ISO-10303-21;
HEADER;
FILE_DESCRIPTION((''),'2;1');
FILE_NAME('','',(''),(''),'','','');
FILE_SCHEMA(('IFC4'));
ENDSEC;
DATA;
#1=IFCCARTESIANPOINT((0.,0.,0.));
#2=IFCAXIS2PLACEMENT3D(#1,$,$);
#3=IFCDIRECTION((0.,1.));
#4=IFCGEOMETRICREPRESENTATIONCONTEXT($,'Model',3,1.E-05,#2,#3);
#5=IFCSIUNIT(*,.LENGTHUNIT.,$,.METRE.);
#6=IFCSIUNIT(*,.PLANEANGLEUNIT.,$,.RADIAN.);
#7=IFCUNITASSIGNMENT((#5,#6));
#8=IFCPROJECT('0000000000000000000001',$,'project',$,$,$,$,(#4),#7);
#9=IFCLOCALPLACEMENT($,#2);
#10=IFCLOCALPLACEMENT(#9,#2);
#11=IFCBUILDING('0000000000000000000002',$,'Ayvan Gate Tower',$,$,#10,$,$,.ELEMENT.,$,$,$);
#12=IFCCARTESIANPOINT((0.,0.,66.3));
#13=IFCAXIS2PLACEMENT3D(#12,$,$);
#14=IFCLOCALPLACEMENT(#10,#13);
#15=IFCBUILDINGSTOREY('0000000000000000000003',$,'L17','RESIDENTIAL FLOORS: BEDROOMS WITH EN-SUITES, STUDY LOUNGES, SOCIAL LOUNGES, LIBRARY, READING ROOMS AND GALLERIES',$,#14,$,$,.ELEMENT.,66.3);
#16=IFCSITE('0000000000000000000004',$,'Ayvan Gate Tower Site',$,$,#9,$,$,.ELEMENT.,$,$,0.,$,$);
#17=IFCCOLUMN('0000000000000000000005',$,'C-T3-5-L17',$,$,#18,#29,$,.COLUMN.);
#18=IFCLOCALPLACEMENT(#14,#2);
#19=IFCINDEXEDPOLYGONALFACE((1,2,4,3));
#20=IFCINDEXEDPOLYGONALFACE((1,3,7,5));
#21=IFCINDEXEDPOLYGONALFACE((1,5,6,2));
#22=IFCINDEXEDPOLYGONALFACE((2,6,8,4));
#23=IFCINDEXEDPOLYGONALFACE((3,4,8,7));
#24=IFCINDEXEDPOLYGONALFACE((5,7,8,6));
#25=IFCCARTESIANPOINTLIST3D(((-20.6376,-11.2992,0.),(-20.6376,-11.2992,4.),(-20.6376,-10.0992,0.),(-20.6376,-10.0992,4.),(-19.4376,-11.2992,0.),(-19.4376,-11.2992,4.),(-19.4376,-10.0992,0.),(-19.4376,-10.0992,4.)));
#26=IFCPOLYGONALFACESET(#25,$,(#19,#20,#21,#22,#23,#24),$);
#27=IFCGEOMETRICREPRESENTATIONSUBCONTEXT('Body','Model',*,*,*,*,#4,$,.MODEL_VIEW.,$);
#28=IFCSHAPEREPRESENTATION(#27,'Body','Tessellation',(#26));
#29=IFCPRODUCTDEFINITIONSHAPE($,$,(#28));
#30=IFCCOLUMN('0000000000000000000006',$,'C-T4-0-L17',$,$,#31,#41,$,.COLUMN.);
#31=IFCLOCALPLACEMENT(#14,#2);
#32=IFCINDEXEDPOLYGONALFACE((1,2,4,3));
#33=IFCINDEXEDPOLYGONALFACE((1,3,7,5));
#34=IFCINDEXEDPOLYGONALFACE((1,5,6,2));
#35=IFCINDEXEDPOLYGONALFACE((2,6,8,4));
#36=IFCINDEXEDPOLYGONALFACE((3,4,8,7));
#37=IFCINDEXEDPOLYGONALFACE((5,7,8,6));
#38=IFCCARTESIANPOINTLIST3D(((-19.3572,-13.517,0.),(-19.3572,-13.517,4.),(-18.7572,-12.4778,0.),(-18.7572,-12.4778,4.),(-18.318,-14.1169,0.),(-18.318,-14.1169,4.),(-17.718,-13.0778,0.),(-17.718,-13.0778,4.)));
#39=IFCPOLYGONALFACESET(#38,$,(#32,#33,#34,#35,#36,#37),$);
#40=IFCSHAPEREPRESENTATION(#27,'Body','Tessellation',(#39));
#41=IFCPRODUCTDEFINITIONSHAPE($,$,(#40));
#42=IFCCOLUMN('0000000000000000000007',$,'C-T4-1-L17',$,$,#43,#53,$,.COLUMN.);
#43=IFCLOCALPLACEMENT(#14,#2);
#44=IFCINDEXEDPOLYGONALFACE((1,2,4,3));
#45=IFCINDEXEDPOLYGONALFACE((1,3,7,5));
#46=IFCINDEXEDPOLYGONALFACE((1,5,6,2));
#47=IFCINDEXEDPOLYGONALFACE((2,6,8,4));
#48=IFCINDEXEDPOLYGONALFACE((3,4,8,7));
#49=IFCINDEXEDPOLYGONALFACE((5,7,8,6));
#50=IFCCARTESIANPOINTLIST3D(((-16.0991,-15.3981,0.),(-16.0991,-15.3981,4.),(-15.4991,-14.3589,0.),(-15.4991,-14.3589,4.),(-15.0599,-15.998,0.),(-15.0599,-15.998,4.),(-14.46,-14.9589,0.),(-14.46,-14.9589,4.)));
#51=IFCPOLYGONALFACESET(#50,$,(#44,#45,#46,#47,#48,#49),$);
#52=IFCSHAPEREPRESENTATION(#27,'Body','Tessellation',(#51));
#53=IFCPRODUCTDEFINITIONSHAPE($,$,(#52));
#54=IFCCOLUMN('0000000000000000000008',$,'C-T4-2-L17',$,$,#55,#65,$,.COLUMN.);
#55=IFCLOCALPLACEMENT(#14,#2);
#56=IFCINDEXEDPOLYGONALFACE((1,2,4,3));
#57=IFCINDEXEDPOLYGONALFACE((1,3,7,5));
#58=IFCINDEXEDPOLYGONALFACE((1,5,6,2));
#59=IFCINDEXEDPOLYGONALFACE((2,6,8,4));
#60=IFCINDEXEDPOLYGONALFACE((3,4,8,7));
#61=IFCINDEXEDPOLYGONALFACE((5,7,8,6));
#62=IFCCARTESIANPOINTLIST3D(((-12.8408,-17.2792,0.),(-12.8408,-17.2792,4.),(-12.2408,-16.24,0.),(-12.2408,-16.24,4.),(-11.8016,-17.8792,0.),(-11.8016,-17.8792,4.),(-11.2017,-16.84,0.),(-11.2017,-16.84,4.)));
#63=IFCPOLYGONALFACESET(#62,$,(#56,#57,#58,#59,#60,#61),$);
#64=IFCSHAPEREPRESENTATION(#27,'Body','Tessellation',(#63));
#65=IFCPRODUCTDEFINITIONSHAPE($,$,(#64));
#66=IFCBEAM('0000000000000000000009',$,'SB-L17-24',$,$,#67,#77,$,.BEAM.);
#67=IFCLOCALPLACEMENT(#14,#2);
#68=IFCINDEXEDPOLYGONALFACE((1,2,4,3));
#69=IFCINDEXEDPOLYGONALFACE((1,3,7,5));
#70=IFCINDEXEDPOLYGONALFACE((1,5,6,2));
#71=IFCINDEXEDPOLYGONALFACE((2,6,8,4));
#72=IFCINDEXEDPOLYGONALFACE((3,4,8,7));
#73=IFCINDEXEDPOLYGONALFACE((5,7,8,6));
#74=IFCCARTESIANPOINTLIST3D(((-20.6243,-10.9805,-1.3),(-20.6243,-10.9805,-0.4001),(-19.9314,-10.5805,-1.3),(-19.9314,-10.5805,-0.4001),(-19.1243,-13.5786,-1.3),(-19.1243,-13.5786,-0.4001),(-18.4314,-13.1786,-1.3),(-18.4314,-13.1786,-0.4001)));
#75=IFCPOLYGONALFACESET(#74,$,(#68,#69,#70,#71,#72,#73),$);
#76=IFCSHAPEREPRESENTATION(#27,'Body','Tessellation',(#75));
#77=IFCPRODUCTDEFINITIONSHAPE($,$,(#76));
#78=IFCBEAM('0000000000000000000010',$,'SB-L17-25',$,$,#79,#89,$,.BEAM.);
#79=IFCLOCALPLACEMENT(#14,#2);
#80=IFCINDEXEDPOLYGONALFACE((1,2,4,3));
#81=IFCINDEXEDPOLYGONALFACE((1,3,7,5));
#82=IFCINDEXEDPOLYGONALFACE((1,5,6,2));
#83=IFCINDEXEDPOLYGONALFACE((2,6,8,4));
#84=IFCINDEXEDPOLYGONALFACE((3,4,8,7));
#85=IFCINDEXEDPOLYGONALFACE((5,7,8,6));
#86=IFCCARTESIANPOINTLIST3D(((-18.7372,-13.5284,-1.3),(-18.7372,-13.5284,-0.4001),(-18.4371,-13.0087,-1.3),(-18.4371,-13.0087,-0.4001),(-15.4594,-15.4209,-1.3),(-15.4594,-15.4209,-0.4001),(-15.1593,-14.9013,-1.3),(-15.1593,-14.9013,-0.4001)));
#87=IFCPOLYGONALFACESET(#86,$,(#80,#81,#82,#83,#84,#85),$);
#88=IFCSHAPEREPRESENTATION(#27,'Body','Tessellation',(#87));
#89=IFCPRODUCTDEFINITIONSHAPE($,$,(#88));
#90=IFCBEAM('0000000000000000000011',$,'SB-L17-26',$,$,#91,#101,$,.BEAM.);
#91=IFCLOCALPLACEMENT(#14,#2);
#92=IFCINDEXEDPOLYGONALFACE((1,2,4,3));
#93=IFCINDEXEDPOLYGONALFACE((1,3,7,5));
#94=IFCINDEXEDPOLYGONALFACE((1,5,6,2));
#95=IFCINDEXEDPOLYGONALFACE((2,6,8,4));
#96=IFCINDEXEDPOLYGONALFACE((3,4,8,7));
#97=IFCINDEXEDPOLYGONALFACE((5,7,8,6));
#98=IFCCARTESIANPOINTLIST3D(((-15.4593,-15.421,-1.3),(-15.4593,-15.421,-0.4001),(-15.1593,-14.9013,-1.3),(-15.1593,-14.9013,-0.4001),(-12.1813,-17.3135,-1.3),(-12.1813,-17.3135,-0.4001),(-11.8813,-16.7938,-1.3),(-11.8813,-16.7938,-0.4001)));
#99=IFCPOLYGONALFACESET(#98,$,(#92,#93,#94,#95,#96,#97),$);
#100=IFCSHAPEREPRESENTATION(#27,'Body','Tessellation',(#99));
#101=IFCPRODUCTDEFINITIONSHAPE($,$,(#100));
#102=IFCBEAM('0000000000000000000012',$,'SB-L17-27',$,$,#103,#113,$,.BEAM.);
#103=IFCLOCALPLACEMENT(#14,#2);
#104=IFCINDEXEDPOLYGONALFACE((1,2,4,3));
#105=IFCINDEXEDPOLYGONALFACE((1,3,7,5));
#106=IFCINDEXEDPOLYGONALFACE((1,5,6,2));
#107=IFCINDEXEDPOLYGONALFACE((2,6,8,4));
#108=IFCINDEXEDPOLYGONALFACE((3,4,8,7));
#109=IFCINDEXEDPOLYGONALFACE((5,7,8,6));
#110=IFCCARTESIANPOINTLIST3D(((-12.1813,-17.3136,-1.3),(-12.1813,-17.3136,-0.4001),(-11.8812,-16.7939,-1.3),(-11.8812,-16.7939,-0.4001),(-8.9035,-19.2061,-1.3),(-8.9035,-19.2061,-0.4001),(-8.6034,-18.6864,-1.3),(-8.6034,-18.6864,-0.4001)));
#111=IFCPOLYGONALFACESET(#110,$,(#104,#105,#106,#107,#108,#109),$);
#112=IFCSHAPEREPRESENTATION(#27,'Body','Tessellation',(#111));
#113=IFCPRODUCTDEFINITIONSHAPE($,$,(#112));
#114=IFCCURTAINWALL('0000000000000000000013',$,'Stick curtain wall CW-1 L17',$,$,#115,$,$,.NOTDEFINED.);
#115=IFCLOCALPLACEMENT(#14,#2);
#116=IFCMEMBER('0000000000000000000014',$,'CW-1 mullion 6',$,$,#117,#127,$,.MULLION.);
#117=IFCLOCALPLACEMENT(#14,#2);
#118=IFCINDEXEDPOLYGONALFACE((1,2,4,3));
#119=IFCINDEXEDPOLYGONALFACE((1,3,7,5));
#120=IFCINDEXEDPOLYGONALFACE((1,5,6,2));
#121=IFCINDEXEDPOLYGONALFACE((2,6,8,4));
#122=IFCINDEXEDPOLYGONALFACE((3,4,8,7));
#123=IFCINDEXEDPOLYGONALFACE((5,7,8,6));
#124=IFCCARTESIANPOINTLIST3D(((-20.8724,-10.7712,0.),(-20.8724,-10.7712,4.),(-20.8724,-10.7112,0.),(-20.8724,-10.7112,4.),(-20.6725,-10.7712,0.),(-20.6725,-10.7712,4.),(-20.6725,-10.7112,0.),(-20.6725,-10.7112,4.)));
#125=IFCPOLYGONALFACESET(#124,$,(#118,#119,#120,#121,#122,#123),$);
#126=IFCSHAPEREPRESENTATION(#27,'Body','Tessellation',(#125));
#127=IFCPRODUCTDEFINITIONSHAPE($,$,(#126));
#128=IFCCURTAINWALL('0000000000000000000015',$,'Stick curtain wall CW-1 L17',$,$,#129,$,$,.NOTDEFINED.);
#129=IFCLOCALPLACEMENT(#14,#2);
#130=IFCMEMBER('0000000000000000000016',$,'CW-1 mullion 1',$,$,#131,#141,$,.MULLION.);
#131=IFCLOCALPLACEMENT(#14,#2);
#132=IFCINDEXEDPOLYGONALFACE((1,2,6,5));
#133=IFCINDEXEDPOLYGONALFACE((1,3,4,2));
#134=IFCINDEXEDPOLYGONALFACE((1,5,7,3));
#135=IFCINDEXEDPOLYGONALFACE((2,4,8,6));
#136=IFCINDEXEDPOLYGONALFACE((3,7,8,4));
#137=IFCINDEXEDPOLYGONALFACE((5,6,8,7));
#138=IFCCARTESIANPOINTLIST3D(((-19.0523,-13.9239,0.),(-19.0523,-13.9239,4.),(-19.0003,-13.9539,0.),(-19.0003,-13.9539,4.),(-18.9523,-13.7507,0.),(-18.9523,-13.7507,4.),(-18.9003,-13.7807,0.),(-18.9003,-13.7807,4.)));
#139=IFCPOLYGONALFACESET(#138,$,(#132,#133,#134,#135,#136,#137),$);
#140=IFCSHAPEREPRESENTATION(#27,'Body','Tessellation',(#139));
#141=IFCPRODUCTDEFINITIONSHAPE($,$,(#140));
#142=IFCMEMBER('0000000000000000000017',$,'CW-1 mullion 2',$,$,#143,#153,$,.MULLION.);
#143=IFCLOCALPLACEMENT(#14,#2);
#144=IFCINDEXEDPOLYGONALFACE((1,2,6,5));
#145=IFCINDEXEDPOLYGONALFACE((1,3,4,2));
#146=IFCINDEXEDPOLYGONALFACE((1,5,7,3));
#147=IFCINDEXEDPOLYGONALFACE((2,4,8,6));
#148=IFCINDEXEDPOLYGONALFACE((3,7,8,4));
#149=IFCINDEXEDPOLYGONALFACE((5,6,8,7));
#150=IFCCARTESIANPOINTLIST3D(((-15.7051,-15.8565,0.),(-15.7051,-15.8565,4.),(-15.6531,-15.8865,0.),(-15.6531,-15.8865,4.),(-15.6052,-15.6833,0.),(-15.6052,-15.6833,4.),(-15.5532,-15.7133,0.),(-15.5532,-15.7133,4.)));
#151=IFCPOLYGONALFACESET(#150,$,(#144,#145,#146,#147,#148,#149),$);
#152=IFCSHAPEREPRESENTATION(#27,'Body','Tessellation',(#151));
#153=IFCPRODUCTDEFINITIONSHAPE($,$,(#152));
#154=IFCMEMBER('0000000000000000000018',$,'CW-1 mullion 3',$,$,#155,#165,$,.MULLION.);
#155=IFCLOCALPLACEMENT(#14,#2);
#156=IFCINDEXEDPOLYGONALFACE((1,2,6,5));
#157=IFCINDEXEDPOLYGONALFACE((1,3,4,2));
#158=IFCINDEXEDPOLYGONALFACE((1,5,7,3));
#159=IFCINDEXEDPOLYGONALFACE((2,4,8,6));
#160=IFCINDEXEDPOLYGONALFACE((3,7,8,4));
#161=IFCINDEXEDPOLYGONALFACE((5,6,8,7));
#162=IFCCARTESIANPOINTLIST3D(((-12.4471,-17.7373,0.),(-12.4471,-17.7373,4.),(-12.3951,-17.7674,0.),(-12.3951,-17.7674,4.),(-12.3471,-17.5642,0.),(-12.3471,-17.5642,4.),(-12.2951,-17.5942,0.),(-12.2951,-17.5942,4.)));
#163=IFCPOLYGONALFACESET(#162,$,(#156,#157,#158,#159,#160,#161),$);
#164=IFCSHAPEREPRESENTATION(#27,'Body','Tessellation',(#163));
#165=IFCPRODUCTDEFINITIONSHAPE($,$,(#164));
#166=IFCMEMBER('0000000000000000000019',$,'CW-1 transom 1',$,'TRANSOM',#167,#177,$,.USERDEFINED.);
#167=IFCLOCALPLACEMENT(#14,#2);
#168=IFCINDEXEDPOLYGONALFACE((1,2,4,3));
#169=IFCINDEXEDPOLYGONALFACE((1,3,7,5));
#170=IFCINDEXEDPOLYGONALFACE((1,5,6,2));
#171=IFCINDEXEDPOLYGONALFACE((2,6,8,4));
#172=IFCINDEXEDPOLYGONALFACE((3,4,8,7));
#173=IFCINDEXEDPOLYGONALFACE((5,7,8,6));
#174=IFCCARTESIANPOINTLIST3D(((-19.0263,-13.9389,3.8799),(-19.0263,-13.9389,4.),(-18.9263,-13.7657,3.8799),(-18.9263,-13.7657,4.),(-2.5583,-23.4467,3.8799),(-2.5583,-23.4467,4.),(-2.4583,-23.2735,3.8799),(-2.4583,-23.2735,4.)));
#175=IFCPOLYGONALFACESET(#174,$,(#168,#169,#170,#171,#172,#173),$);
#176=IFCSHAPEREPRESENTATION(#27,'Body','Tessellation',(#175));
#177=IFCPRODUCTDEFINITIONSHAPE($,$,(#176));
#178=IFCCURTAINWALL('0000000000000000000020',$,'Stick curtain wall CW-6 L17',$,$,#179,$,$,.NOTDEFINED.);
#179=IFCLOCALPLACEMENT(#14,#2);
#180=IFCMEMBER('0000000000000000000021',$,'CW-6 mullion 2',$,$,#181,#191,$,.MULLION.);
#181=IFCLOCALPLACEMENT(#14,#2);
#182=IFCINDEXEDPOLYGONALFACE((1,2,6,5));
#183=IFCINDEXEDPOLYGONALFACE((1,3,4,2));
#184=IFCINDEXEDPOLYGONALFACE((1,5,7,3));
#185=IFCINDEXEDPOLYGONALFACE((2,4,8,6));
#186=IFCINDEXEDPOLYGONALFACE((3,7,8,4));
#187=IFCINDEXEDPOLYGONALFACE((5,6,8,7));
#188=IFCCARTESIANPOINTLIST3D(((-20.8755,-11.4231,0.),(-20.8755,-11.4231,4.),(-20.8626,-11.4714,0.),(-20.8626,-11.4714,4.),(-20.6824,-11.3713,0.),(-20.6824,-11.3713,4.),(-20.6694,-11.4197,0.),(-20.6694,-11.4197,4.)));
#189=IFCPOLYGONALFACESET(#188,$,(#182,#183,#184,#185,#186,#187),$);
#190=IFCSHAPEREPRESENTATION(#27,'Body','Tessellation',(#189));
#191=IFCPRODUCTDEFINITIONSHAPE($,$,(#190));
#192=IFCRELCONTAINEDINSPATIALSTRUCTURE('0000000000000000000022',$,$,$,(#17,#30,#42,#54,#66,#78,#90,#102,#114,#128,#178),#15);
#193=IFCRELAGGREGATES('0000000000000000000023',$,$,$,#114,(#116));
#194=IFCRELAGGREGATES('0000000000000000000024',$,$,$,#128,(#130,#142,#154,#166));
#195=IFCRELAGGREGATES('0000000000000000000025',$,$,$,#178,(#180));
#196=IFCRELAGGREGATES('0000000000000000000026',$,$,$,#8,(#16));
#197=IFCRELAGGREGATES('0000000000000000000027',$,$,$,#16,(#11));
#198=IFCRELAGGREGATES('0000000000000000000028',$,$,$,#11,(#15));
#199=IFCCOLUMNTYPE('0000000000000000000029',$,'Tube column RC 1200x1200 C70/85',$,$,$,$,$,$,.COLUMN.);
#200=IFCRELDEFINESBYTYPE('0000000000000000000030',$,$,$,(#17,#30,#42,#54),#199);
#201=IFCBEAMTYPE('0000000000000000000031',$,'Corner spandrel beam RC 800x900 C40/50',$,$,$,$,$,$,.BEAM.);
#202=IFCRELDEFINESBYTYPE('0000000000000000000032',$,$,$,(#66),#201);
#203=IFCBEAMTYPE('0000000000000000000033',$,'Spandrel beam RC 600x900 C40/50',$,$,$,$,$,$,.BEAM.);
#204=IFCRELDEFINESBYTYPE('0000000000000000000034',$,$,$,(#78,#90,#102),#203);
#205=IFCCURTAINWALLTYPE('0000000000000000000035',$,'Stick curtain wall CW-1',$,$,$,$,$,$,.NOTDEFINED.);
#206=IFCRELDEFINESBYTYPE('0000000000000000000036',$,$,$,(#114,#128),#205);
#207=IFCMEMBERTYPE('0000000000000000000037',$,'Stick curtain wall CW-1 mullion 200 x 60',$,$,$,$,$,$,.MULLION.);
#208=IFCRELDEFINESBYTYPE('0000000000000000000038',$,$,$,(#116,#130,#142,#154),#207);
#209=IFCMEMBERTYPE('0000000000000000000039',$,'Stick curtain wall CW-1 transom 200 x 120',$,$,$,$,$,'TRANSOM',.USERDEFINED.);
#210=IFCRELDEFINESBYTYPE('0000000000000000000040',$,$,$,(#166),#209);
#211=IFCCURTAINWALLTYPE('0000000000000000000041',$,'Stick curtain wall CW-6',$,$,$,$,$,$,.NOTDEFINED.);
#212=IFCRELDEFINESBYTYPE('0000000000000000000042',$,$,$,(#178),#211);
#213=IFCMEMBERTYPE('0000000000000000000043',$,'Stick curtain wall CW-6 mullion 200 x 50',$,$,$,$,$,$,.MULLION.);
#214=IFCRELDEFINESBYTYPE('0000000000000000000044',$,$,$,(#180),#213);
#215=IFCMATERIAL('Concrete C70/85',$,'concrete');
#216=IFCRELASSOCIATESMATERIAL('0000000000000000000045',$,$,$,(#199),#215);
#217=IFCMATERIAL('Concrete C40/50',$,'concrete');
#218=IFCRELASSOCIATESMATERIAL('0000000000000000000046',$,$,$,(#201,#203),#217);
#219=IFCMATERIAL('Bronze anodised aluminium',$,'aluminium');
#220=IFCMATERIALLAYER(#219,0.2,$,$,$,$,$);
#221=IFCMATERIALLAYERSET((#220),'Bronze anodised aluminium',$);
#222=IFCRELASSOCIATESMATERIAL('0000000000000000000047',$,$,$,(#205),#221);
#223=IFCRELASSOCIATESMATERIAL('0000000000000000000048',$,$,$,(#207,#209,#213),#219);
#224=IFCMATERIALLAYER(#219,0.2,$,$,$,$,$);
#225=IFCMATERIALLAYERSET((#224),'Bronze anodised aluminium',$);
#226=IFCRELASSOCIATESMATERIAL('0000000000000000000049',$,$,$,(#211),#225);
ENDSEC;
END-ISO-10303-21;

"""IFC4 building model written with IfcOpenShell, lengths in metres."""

from ifc_helpers import new_model, si_unit, direction, frame, origin, origin_2d, place, context, subcontext, project, spatial, rectangle, extrude, material, layer, layer_set, material_profile, profile_set, type_object, element, aggregate, save


model = new_model("IFC4")

# Units and contexts
model_context = context("Model", 3, precision=1e-05, world=origin(), true_north=direction((0.0, 1.0)))
body_context = subcontext(model_context, "Body", "Model", "MODEL_VIEW")
ifc_project = project(units=[si_unit("LENGTHUNIT", "METRE"), si_unit("PLANEANGLEUNIT", "RADIAN")], contexts=[model_context])

# Site, building, storey
site_placement = place(None, origin())
site = spatial("IfcSite", under=ifc_project, at=site_placement, Name="Ayvan Gate Tower Site", CompositionType="ELEMENT", RefElevation=0.0)
building_placement = place(site_placement, origin())
building = spatial("IfcBuilding", under=site, at=building_placement, Name="Ayvan Gate Tower", CompositionType="ELEMENT")
storey_placement = place(building_placement, frame((0.0, 0.0, 66.3)))
storey = spatial("IfcBuildingStorey", under=building, at=storey_placement, Name="L17", Description="RESIDENTIAL FLOORS: BEDROOMS WITH EN-SUITES, STUDY LOUNGES, SOCIAL LOUNGES, LIBRARY, READING ROOMS AND GALLERIES", CompositionType="ELEMENT", Elevation=66.3)

# Columns
ifc_material_1 = material(Name="Concrete C70/85", Category="concrete")
ifc_material_profile_1 = material_profile(ifc_material_1, rectangle(XDim=1.2, YDim=1.2, at=origin_2d()), Name="RC 1200x1200")
ifc_profile_set_1 = profile_set([ifc_material_profile_1], Name="Concrete C70/85")
column_type = type_object("IfcColumnType", Name="Tube column RC 1200x1200 C70/85", PredefinedType="COLUMN", material=ifc_profile_set_1)
for number, where, z_axis, x_axis, name in (
    (1, (-20.0376, -10.6992, 0.0), (0.0, 0.0, 1.0), (-1.0, 0.0, 0.0), "C-T3-5-L17"),
    (2, (-18.5376, -13.2974, 0.0), (0.0, 0.0, 1.0), (-0.5, -0.866025, 0.0), "C-T4-0-L17"),
    (3, (-15.2795, -15.1785, 0.0), (0.0, 0.0, 1.0), (-0.5, -0.866025, 0.0), "C-T4-1-L17"),
    (4, (-12.0212, -17.0596, 0.0), (0.0, 0.0, 1.0), (-0.5, -0.866025, 0.0), "C-T4-2-L17"),
):
    element("IfcColumn", number, at=place(storey_placement, frame(where, z_axis=z_axis, x_axis=x_axis)), inside=storey, type_object=column_type, Name=name, PredefinedType="COLUMN", context=body_context, shape_type="SweptSolid", body=[
        extrude(rectangle(XDim=1.2, YDim=1.2, at=origin_2d()), origin(), (0.0, 0.0, 1.0), 4.0),
    ])

# Beams
ifc_material_2 = material(Name="Concrete C40/50", Category="concrete")
ifc_material_profile_2 = material_profile(ifc_material_2, rectangle(XDim=0.8, YDim=0.8999, at=origin_2d()), Name="RC 800x900")
ifc_profile_set_2 = profile_set([ifc_material_profile_2], Name="Concrete C40/50")
beam_type_1 = type_object("IfcBeamType", Name="Corner spandrel beam RC 800x900 C40/50", PredefinedType="BEAM", material=ifc_profile_set_2)
beam_1_placement = place(storey_placement, frame((-20.2778, -10.7805, -0.8501), z_axis=(0.49999, -0.866031, 0.0), x_axis=(0.866031, 0.49999, 0.0)))
element("IfcBeam", 5, at=beam_1_placement, inside=storey, type_object=beam_type_1, Name="SB-L17-24", PredefinedType="BEAM", context=body_context, shape_type="SweptSolid", body=[
    extrude(rectangle(XDim=0.8, YDim=0.8999, at=origin_2d()), origin(), (0.0, 0.0, 1.0), 3.0),
])
ifc_material_profile_3 = material_profile(ifc_material_2, rectangle(XDim=0.6001, YDim=0.8999, at=origin_2d()), Name="RC 600x900")
ifc_profile_set_3 = profile_set([ifc_material_profile_3], Name="Concrete C40/50")
beam_type_2 = type_object("IfcBeamType", Name="Spandrel beam RC 600x900 C40/50", PredefinedType="BEAM", material=ifc_profile_set_3)
beam_2_placement = place(storey_placement, frame((-18.5872, -13.2686, -0.8501), z_axis=(0.866012, -0.500024, 0.0), x_axis=(0.500024, 0.866012, 0.0)))
element("IfcBeam", 6, at=beam_2_placement, inside=storey, type_object=beam_type_2, Name="SB-L17-25", PredefinedType="BEAM", context=body_context, shape_type="SweptSolid", body=[
    extrude(rectangle(XDim=0.6001, YDim=0.8999, at=origin_2d()), origin(), (0.0, 0.0, 1.0), 3.7849),
])
beam_3_placement = place(storey_placement, frame((-15.3093, -15.1611, -0.8501), z_axis=(0.866028, -0.499996, 0.0), x_axis=(0.499996, 0.866028, 0.0)))
element("IfcBeam", 7, at=beam_3_placement, inside=storey, type_object=beam_type_2, Name="SB-L17-26", PredefinedType="BEAM", context=body_context, shape_type="SweptSolid", body=[
    extrude(rectangle(XDim=0.6001, YDim=0.8999, at=origin_2d()), origin(), (0.0, 0.0, 1.0), 3.7852),
])
beam_4_placement = place(storey_placement, frame((-12.0312, -17.0537, -0.8501), z_axis=(0.866012, -0.500024, 0.0), x_axis=(0.500024, 0.866012, 0.0)))
element("IfcBeam", 8, at=beam_4_placement, inside=storey, type_object=beam_type_2, Name="SB-L17-27", PredefinedType="BEAM", context=body_context, shape_type="SweptSolid", body=[
    extrude(rectangle(XDim=0.6001, YDim=0.8999, at=origin_2d()), origin(), (0.0, 0.0, 1.0), 3.7849),
])

# Curtain wall, member
ifc_material_3 = material(Name="Bronze anodised aluminium", Category="aluminium")
ifc_layer_1 = layer(ifc_material_3, 0.2)
ifc_layer_set_1 = layer_set([ifc_layer_1], Name="Bronze anodised aluminium")
curtain_wall_type_1 = type_object("IfcCurtainWallType", Name="Stick curtain wall CW-1", PredefinedType="NOTDEFINED", material=ifc_layer_set_1)
curtain_wall_1_placement = place(storey_placement, origin())
curtain_wall_1 = element("IfcCurtainWall", 9, at=curtain_wall_1_placement, inside=storey, type_object=curtain_wall_type_1, Name="Stick curtain wall CW-1 L17", PredefinedType="NOTDEFINED")
ifc_material_profile_4 = material_profile(ifc_material_3, rectangle(XDim=0.2, YDim=0.0601, at=origin_2d()), Name="Stick curtain wall CW-1 mullion 200 x 60")
ifc_profile_set_4 = profile_set([ifc_material_profile_4], Name="Bronze anodised aluminium")
member_type_1 = type_object("IfcMemberType", Name="Stick curtain wall CW-1 mullion 200 x 60", PredefinedType="MULLION", material=ifc_profile_set_4)
member_1_placement = place(storey_placement, frame((-20.7725, -10.7412, 0.0), z_axis=(0.0, 0.0, 1.0), x_axis=(-1.0, 0.0, 0.0)))
member_1 = element("IfcMember", 10, at=member_1_placement, type_object=member_type_1, Name="CW-1 mullion 6", PredefinedType="MULLION", context=body_context, shape_type="SweptSolid", body=[
    extrude(rectangle(XDim=0.2, YDim=0.0601, at=origin_2d()), origin(), (0.0, 0.0, 1.0), 4.0),
])

# Curtain walls, members
curtain_wall_2_placement = place(storey_placement, origin())
curtain_wall_2 = element("IfcCurtainWall", 11, at=curtain_wall_2_placement, inside=storey, type_object=curtain_wall_type_1, Name="Stick curtain wall CW-1 L17", PredefinedType="NOTDEFINED")
member_2_placement = place(storey_placement, frame((-18.9763, -13.8523, 0.0), z_axis=(0.0, 0.0, 1.0), x_axis=(-0.5, -0.866025, 0.0)))
member_2 = element("IfcMember", 12, at=member_2_placement, type_object=member_type_1, Name="CW-1 mullion 1", PredefinedType="MULLION", context=body_context, shape_type="SweptSolid", body=[
    extrude(rectangle(XDim=0.2, YDim=0.0601, at=origin_2d()), origin(), (0.0, 0.0, 1.0), 4.0),
])
member_3_placement = place(storey_placement, frame((-15.6292, -15.7849, 0.0), z_axis=(0.0, 0.0, 1.0), x_axis=(-0.5, -0.866025, 0.0)))
member_3 = element("IfcMember", 13, at=member_3_placement, type_object=member_type_1, Name="CW-1 mullion 2", PredefinedType="MULLION", context=body_context, shape_type="SweptSolid", body=[
    extrude(rectangle(XDim=0.2, YDim=0.0601, at=origin_2d()), origin(), (0.0, 0.0, 1.0), 4.0),
])
member_4_placement = place(storey_placement, frame((-12.3711, -17.6658, 0.0), z_axis=(0.0, 0.0, 1.0), x_axis=(-0.5, -0.866025, 0.0)))
member_4 = element("IfcMember", 14, at=member_4_placement, type_object=member_type_1, Name="CW-1 mullion 3", PredefinedType="MULLION", context=body_context, shape_type="SweptSolid", body=[
    extrude(rectangle(XDim=0.2, YDim=0.0601, at=origin_2d()), origin(), (0.0, 0.0, 1.0), 4.0),
])
ifc_material_profile_5 = material_profile(ifc_material_3, rectangle(XDim=0.2, YDim=0.1201, at=origin_2d()), Name="Stick curtain wall CW-1 transom 200 x 120")
ifc_profile_set_5 = profile_set([ifc_material_profile_5], Name="Bronze anodised aluminium")
member_type_2 = type_object("IfcMemberType", Name="Stick curtain wall CW-1 transom 200 x 120", ElementType="TRANSOM", PredefinedType="USERDEFINED", material=ifc_profile_set_5)
member_5_placement = place(storey_placement, frame((-18.9763, -13.8523, 3.9399), z_axis=(0.866025, -0.5, 0.0), x_axis=(0.5, 0.866025, 0.0)))
member_5 = element("IfcMember", 15, at=member_5_placement, type_object=member_type_2, Name="CW-1 transom 1", ObjectType="TRANSOM", PredefinedType="USERDEFINED", context=body_context, shape_type="SweptSolid", body=[
    extrude(rectangle(XDim=0.2, YDim=0.1201, at=origin_2d()), origin(), (0.0, 0.0, 1.0), 19.0156),
])
ifc_layer_2 = layer(ifc_material_3, 0.2)
ifc_layer_set_2 = layer_set([ifc_layer_2], Name="Bronze anodised aluminium")
curtain_wall_type_2 = type_object("IfcCurtainWallType", Name="Stick curtain wall CW-6", PredefinedType="NOTDEFINED", material=ifc_layer_set_2)
curtain_wall_3_placement = place(storey_placement, origin())
curtain_wall_3 = element("IfcCurtainWall", 16, at=curtain_wall_3_placement, inside=storey, type_object=curtain_wall_type_2, Name="Stick curtain wall CW-6 L17", PredefinedType="NOTDEFINED")
ifc_material_profile_6 = material_profile(ifc_material_3, rectangle(XDim=0.2, YDim=0.05, at=origin_2d()), Name="Stick curtain wall CW-6 mullion 200 x 50")
ifc_profile_set_6 = profile_set([ifc_material_profile_6], Name="Bronze anodised aluminium")
member_type_3 = type_object("IfcMemberType", Name="Stick curtain wall CW-6 mullion 200 x 50", PredefinedType="MULLION", material=ifc_profile_set_6)
member_6_placement = place(storey_placement, frame((-20.7725, -11.4214, 0.0), z_axis=(0.0, 0.0, 1.0), x_axis=(-0.965926, -0.258819, 0.0)))
member_6 = element("IfcMember", 17, at=member_6_placement, type_object=member_type_3, Name="CW-6 mullion 2", PredefinedType="MULLION", context=body_context, shape_type="SweptSolid", body=[
    extrude(rectangle(XDim=0.2, YDim=0.05, at=origin_2d()), origin(), (0.0, 0.0, 1.0), 4.0),
])

aggregate(curtain_wall_1, [member_1])
aggregate(curtain_wall_2, [member_2, member_3, member_4, member_5])
aggregate(curtain_wall_3, [member_6])

save(model, "model.ifc")
